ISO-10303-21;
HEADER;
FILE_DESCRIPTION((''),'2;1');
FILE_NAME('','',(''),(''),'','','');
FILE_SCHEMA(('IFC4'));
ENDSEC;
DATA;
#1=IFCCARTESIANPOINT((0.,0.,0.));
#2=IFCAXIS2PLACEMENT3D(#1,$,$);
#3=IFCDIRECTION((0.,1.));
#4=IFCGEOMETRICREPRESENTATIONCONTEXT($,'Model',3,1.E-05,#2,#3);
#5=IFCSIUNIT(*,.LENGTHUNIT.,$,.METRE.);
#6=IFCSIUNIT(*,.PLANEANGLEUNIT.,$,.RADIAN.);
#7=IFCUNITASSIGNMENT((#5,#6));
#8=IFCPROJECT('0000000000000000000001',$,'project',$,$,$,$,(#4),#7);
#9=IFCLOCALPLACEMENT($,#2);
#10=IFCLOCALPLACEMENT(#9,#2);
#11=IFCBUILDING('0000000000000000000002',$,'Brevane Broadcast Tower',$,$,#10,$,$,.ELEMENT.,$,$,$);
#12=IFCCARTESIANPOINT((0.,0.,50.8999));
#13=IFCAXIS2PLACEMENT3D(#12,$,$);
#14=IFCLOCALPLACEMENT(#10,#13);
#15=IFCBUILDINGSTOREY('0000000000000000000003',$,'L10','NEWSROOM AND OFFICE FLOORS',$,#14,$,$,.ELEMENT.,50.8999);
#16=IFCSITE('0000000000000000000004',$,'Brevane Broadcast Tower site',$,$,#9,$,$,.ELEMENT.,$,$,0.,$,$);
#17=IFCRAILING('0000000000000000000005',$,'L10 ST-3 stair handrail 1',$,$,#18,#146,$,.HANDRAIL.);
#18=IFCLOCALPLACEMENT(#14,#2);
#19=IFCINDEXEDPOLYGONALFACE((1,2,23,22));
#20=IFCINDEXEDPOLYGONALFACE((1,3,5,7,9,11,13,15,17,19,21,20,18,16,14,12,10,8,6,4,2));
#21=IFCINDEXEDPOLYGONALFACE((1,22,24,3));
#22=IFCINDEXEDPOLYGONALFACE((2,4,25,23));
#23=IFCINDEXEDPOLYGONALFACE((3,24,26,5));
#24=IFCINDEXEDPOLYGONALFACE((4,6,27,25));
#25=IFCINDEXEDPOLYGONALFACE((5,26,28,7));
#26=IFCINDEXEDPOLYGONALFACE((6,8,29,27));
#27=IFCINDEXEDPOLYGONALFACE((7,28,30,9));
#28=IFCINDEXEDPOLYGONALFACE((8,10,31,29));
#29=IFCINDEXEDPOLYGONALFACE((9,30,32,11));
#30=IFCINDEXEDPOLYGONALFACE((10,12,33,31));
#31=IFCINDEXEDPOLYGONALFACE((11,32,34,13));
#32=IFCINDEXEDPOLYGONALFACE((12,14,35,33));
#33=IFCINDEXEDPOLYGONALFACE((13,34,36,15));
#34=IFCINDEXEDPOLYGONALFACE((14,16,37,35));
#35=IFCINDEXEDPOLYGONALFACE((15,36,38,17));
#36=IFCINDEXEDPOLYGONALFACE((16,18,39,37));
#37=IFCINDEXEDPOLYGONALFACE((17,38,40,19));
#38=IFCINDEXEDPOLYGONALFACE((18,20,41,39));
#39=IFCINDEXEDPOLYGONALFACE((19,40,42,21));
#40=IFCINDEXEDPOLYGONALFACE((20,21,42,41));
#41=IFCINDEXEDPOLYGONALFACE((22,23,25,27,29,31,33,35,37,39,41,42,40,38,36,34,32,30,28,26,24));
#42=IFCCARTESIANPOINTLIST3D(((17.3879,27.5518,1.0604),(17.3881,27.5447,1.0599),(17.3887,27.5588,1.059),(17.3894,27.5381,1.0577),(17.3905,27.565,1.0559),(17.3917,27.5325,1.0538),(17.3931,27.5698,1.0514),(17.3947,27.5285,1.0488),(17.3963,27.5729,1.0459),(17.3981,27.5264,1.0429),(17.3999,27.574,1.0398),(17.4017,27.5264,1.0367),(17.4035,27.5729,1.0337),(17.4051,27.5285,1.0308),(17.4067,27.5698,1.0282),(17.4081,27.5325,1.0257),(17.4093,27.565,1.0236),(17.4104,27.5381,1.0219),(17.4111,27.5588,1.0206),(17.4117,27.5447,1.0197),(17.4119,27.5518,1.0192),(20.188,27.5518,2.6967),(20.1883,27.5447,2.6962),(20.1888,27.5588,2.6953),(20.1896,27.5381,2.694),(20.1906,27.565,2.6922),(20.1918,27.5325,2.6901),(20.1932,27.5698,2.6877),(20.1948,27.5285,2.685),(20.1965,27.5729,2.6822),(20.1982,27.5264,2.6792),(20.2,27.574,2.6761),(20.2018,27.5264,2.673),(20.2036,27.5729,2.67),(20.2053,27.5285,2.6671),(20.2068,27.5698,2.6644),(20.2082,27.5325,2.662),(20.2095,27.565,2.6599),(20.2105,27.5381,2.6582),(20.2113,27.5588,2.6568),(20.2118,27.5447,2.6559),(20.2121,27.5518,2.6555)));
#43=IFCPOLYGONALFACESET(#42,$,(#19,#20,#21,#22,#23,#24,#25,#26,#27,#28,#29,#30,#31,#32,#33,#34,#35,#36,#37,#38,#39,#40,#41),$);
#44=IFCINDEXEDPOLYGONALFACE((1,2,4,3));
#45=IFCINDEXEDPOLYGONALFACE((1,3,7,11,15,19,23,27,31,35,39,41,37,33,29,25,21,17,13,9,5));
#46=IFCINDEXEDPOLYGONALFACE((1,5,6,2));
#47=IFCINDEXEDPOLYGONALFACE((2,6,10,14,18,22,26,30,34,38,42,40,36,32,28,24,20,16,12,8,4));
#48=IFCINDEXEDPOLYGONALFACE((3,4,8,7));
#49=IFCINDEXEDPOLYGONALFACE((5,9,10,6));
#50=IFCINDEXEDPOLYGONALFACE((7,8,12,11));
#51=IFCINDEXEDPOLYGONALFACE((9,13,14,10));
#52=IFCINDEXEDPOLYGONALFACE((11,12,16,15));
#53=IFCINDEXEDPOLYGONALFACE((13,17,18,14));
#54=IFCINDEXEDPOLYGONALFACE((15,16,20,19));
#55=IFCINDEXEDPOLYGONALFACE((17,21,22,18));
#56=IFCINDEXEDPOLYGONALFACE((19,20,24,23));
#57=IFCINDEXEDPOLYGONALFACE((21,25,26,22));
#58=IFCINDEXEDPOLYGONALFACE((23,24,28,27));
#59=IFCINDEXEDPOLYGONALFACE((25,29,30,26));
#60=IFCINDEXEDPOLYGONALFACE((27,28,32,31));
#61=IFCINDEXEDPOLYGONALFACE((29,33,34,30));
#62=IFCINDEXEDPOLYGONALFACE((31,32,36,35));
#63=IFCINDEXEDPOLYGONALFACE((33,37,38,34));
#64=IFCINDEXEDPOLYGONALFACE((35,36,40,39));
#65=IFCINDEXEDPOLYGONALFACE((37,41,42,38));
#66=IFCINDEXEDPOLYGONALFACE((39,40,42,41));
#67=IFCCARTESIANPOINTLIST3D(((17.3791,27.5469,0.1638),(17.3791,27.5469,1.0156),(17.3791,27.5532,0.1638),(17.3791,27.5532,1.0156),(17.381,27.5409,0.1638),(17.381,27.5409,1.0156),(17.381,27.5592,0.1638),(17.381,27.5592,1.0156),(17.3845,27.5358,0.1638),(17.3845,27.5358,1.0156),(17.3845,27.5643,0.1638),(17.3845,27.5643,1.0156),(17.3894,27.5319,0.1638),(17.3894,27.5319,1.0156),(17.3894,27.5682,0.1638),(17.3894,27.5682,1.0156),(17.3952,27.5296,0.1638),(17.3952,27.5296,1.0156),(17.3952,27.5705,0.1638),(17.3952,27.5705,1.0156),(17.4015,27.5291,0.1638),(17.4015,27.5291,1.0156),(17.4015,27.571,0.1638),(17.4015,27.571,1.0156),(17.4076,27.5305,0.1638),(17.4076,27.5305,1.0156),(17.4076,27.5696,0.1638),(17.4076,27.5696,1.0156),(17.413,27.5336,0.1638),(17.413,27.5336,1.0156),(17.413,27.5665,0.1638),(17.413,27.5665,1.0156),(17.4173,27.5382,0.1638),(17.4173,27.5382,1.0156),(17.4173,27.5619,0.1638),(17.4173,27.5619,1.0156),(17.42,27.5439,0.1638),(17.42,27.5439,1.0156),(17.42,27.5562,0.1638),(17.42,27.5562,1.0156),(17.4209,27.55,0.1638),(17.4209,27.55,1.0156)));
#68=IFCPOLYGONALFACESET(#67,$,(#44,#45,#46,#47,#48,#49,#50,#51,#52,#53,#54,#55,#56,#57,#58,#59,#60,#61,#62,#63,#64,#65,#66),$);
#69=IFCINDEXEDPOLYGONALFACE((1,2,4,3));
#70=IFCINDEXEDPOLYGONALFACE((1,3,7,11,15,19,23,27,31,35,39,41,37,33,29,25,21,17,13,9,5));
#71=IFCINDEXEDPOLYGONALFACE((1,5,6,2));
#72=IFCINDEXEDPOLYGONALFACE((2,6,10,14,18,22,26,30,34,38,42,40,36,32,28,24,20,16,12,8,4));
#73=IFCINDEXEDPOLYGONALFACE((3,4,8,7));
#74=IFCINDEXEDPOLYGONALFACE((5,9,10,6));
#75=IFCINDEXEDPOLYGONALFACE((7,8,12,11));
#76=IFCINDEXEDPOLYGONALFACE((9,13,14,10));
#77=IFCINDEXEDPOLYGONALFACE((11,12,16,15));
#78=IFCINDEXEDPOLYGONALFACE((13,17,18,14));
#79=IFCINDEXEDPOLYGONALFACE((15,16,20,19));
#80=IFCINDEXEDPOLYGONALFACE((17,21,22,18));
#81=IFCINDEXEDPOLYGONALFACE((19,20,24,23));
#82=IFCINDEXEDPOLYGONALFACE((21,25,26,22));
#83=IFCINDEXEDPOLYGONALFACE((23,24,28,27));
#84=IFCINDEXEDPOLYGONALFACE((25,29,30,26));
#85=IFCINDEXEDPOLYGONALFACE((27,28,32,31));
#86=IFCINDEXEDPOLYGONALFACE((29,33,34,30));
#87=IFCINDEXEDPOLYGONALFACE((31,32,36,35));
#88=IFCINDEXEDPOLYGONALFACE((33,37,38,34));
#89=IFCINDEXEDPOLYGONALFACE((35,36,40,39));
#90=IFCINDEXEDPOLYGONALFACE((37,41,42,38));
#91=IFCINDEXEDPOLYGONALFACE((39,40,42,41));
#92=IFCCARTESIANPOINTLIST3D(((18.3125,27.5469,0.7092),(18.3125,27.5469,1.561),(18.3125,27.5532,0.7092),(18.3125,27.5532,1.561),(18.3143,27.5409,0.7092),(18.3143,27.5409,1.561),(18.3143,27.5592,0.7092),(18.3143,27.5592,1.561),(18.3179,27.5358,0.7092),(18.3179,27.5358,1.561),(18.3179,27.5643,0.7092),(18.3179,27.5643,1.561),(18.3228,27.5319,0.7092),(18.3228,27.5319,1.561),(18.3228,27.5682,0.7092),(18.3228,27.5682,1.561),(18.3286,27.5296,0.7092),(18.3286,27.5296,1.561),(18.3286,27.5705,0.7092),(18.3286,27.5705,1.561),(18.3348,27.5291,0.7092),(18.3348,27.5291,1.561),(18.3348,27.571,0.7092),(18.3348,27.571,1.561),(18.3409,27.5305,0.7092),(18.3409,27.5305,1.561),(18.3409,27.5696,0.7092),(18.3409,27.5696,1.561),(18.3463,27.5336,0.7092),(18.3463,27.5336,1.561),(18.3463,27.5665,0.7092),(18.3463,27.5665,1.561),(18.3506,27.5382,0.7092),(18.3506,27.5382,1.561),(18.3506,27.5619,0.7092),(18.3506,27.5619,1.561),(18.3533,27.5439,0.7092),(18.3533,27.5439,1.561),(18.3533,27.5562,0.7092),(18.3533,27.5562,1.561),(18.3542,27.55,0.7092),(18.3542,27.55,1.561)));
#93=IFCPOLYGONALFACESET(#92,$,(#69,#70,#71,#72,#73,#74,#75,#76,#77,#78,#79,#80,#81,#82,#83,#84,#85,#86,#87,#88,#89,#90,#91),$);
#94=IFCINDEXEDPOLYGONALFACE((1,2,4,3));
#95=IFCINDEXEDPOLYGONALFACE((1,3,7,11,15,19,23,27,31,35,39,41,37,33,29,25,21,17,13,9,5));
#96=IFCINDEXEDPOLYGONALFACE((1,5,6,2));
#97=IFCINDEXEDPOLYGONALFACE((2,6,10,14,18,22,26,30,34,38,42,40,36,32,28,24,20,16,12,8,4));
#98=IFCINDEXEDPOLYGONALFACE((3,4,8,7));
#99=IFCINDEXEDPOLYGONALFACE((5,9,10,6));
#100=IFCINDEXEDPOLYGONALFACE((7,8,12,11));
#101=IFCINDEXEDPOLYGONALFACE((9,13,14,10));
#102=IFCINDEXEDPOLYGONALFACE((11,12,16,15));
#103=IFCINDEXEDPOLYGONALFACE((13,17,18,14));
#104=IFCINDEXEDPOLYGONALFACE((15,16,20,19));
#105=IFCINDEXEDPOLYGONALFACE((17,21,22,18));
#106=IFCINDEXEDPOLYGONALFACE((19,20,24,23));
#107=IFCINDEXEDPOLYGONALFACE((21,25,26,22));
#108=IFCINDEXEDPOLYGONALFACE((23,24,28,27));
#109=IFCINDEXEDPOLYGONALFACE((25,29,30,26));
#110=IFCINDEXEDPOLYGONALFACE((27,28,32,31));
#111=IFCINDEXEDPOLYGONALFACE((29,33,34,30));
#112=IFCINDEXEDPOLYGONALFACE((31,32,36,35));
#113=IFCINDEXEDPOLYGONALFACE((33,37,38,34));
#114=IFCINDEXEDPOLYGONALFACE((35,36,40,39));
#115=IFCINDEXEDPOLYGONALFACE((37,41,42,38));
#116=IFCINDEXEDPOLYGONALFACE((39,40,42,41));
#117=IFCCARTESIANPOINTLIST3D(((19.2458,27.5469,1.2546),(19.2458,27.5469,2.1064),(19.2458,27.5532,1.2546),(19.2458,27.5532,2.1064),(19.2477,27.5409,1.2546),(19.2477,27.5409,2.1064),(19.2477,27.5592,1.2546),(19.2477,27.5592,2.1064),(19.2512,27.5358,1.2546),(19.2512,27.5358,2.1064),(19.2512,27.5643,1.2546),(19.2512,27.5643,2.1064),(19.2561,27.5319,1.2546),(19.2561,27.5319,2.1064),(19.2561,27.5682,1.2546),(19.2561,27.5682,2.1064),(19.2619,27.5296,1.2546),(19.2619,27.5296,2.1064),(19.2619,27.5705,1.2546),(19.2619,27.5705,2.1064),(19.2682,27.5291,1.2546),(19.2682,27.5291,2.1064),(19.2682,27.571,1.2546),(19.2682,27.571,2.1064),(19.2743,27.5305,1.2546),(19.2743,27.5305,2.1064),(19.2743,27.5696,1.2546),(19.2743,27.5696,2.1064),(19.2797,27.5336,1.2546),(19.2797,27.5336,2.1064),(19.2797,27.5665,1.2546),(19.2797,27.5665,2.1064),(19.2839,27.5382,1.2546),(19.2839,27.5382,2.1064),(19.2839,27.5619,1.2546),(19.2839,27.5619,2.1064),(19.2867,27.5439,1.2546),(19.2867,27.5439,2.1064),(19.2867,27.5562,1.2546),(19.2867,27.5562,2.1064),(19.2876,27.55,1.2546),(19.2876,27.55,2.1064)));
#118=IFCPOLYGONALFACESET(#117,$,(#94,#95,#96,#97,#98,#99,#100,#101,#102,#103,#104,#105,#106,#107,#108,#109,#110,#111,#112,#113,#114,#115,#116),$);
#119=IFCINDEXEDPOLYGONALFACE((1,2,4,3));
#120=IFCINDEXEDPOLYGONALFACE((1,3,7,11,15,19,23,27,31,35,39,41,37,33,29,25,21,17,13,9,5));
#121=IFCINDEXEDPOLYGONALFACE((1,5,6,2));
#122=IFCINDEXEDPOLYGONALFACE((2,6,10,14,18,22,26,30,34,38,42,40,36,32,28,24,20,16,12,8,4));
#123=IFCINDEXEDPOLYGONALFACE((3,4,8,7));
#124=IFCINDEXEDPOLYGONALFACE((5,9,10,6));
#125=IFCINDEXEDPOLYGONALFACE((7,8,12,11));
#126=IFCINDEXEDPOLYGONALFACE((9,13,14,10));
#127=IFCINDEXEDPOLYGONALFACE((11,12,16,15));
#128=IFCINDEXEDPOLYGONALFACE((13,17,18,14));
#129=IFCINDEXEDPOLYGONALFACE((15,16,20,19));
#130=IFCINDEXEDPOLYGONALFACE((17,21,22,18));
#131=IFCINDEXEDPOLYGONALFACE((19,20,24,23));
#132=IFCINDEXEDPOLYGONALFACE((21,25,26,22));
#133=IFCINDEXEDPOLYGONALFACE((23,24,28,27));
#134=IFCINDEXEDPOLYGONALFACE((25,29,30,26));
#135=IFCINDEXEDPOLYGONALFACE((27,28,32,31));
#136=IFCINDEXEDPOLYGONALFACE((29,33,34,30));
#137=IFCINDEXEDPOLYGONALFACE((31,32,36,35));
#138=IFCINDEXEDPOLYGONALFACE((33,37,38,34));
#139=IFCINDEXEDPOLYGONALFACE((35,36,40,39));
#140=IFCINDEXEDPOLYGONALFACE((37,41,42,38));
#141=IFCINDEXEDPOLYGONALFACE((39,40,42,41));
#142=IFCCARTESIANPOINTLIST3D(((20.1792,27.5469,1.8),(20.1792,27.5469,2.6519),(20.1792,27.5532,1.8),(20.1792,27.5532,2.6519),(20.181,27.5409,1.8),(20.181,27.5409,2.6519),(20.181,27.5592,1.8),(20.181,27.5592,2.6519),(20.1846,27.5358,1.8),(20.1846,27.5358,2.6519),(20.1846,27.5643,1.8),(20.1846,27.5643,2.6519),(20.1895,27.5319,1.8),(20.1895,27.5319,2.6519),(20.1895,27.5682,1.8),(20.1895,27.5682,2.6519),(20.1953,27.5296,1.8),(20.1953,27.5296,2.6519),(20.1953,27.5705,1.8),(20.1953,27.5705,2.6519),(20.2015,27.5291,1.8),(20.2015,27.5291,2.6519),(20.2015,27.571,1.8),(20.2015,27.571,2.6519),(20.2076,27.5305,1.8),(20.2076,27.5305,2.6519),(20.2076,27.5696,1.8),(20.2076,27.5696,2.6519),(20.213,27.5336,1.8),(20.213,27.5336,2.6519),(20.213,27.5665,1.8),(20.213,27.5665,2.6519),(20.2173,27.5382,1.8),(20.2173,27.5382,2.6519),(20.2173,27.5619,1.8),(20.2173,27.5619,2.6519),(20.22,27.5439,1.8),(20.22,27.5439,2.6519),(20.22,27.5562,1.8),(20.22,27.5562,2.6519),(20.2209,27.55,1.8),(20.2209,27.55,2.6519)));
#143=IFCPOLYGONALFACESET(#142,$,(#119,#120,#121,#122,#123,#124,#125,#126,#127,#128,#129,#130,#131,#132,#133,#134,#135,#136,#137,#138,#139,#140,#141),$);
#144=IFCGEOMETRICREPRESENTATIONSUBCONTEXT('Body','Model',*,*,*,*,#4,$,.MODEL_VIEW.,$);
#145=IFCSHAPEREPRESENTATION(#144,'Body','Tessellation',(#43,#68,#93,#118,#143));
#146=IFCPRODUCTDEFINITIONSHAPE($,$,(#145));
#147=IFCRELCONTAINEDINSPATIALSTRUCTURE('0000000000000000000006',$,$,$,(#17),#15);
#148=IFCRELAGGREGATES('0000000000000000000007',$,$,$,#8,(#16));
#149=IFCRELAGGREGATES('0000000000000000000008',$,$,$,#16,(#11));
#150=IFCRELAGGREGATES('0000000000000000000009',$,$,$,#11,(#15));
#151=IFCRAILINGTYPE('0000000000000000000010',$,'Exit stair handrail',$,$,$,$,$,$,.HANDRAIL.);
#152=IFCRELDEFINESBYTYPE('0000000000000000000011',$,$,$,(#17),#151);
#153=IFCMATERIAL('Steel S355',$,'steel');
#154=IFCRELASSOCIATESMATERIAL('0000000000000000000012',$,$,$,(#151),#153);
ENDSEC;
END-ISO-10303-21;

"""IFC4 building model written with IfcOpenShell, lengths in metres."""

from ifc_helpers import new_model, si_unit, direction, frame, origin, origin_2d, place, context, subcontext, project, spatial, circle, extrude, material, type_object, element, save


model = new_model("IFC4")

# Units and contexts
model_context = context("Model", 3, precision=1e-05, world=origin(), true_north=direction((0.0, 1.0)))
body_context = subcontext(model_context, "Body", "Model", "MODEL_VIEW")
ifc_project = project(units=[si_unit("LENGTHUNIT", "METRE"), si_unit("PLANEANGLEUNIT", "RADIAN")], contexts=[model_context])

# Site, building, storey
site_placement = place(None, origin())
site = spatial("IfcSite", under=ifc_project, at=site_placement, Name="Brevane Broadcast Tower site", CompositionType="ELEMENT", RefElevation=0.0)
building_placement = place(site_placement, origin())
building = spatial("IfcBuilding", under=site, at=building_placement, Name="Brevane Broadcast Tower", CompositionType="ELEMENT")
storey_placement = place(building_placement, frame((0.0, 0.0, 50.8999)))
storey = spatial("IfcBuildingStorey", under=building, at=storey_placement, Name="L10", Description="NEWSROOM AND OFFICE FLOORS", CompositionType="ELEMENT", Elevation=50.8999)

# Railing
ifc_material_1 = material(Name="Steel S355", Category="steel")
railing_type_1 = type_object("IfcRailingType", Name="Exit stair handrail", PredefinedType="HANDRAIL", material=ifc_material_1)
railing_1_placement = place(storey_placement, frame((17.3999, 27.55, 0.1638)))
element("IfcRailing", 1, at=railing_1_placement, inside=storey, type_object=railing_type_1, Name="L10 ST-3 stair handrail 1", PredefinedType="HANDRAIL", context=body_context, shape_type="SweptSolid", body=[
    extrude(circle(Radius=0.0239, at=origin_2d()), frame((0.0, 0.0, 0.876), z_axis=(0.863394, 0.0, 0.504531), x_axis=(0.0, 1.0, 0.0)), (0.0, 0.0, 1.0), 3.2432),
    extrude(circle(Radius=0.021, at=origin_2d()), origin(), (0.0, 0.0, 1.0), 0.8518),
    extrude(circle(Radius=0.021, at=origin_2d()), frame((0.9333, 0.0, 0.5454)), (0.0, 0.0, 1.0), 0.8518),
    extrude(circle(Radius=0.021, at=origin_2d()), frame((1.8667, 0.0, 1.0908)), (0.0, 0.0, 1.0), 0.8518),
    extrude(circle(Radius=0.021, at=origin_2d()), frame((2.8, 0.0, 1.6362)), (0.0, 0.0, 1.0), 0.8518),
])

save(model, "model.ifc")
